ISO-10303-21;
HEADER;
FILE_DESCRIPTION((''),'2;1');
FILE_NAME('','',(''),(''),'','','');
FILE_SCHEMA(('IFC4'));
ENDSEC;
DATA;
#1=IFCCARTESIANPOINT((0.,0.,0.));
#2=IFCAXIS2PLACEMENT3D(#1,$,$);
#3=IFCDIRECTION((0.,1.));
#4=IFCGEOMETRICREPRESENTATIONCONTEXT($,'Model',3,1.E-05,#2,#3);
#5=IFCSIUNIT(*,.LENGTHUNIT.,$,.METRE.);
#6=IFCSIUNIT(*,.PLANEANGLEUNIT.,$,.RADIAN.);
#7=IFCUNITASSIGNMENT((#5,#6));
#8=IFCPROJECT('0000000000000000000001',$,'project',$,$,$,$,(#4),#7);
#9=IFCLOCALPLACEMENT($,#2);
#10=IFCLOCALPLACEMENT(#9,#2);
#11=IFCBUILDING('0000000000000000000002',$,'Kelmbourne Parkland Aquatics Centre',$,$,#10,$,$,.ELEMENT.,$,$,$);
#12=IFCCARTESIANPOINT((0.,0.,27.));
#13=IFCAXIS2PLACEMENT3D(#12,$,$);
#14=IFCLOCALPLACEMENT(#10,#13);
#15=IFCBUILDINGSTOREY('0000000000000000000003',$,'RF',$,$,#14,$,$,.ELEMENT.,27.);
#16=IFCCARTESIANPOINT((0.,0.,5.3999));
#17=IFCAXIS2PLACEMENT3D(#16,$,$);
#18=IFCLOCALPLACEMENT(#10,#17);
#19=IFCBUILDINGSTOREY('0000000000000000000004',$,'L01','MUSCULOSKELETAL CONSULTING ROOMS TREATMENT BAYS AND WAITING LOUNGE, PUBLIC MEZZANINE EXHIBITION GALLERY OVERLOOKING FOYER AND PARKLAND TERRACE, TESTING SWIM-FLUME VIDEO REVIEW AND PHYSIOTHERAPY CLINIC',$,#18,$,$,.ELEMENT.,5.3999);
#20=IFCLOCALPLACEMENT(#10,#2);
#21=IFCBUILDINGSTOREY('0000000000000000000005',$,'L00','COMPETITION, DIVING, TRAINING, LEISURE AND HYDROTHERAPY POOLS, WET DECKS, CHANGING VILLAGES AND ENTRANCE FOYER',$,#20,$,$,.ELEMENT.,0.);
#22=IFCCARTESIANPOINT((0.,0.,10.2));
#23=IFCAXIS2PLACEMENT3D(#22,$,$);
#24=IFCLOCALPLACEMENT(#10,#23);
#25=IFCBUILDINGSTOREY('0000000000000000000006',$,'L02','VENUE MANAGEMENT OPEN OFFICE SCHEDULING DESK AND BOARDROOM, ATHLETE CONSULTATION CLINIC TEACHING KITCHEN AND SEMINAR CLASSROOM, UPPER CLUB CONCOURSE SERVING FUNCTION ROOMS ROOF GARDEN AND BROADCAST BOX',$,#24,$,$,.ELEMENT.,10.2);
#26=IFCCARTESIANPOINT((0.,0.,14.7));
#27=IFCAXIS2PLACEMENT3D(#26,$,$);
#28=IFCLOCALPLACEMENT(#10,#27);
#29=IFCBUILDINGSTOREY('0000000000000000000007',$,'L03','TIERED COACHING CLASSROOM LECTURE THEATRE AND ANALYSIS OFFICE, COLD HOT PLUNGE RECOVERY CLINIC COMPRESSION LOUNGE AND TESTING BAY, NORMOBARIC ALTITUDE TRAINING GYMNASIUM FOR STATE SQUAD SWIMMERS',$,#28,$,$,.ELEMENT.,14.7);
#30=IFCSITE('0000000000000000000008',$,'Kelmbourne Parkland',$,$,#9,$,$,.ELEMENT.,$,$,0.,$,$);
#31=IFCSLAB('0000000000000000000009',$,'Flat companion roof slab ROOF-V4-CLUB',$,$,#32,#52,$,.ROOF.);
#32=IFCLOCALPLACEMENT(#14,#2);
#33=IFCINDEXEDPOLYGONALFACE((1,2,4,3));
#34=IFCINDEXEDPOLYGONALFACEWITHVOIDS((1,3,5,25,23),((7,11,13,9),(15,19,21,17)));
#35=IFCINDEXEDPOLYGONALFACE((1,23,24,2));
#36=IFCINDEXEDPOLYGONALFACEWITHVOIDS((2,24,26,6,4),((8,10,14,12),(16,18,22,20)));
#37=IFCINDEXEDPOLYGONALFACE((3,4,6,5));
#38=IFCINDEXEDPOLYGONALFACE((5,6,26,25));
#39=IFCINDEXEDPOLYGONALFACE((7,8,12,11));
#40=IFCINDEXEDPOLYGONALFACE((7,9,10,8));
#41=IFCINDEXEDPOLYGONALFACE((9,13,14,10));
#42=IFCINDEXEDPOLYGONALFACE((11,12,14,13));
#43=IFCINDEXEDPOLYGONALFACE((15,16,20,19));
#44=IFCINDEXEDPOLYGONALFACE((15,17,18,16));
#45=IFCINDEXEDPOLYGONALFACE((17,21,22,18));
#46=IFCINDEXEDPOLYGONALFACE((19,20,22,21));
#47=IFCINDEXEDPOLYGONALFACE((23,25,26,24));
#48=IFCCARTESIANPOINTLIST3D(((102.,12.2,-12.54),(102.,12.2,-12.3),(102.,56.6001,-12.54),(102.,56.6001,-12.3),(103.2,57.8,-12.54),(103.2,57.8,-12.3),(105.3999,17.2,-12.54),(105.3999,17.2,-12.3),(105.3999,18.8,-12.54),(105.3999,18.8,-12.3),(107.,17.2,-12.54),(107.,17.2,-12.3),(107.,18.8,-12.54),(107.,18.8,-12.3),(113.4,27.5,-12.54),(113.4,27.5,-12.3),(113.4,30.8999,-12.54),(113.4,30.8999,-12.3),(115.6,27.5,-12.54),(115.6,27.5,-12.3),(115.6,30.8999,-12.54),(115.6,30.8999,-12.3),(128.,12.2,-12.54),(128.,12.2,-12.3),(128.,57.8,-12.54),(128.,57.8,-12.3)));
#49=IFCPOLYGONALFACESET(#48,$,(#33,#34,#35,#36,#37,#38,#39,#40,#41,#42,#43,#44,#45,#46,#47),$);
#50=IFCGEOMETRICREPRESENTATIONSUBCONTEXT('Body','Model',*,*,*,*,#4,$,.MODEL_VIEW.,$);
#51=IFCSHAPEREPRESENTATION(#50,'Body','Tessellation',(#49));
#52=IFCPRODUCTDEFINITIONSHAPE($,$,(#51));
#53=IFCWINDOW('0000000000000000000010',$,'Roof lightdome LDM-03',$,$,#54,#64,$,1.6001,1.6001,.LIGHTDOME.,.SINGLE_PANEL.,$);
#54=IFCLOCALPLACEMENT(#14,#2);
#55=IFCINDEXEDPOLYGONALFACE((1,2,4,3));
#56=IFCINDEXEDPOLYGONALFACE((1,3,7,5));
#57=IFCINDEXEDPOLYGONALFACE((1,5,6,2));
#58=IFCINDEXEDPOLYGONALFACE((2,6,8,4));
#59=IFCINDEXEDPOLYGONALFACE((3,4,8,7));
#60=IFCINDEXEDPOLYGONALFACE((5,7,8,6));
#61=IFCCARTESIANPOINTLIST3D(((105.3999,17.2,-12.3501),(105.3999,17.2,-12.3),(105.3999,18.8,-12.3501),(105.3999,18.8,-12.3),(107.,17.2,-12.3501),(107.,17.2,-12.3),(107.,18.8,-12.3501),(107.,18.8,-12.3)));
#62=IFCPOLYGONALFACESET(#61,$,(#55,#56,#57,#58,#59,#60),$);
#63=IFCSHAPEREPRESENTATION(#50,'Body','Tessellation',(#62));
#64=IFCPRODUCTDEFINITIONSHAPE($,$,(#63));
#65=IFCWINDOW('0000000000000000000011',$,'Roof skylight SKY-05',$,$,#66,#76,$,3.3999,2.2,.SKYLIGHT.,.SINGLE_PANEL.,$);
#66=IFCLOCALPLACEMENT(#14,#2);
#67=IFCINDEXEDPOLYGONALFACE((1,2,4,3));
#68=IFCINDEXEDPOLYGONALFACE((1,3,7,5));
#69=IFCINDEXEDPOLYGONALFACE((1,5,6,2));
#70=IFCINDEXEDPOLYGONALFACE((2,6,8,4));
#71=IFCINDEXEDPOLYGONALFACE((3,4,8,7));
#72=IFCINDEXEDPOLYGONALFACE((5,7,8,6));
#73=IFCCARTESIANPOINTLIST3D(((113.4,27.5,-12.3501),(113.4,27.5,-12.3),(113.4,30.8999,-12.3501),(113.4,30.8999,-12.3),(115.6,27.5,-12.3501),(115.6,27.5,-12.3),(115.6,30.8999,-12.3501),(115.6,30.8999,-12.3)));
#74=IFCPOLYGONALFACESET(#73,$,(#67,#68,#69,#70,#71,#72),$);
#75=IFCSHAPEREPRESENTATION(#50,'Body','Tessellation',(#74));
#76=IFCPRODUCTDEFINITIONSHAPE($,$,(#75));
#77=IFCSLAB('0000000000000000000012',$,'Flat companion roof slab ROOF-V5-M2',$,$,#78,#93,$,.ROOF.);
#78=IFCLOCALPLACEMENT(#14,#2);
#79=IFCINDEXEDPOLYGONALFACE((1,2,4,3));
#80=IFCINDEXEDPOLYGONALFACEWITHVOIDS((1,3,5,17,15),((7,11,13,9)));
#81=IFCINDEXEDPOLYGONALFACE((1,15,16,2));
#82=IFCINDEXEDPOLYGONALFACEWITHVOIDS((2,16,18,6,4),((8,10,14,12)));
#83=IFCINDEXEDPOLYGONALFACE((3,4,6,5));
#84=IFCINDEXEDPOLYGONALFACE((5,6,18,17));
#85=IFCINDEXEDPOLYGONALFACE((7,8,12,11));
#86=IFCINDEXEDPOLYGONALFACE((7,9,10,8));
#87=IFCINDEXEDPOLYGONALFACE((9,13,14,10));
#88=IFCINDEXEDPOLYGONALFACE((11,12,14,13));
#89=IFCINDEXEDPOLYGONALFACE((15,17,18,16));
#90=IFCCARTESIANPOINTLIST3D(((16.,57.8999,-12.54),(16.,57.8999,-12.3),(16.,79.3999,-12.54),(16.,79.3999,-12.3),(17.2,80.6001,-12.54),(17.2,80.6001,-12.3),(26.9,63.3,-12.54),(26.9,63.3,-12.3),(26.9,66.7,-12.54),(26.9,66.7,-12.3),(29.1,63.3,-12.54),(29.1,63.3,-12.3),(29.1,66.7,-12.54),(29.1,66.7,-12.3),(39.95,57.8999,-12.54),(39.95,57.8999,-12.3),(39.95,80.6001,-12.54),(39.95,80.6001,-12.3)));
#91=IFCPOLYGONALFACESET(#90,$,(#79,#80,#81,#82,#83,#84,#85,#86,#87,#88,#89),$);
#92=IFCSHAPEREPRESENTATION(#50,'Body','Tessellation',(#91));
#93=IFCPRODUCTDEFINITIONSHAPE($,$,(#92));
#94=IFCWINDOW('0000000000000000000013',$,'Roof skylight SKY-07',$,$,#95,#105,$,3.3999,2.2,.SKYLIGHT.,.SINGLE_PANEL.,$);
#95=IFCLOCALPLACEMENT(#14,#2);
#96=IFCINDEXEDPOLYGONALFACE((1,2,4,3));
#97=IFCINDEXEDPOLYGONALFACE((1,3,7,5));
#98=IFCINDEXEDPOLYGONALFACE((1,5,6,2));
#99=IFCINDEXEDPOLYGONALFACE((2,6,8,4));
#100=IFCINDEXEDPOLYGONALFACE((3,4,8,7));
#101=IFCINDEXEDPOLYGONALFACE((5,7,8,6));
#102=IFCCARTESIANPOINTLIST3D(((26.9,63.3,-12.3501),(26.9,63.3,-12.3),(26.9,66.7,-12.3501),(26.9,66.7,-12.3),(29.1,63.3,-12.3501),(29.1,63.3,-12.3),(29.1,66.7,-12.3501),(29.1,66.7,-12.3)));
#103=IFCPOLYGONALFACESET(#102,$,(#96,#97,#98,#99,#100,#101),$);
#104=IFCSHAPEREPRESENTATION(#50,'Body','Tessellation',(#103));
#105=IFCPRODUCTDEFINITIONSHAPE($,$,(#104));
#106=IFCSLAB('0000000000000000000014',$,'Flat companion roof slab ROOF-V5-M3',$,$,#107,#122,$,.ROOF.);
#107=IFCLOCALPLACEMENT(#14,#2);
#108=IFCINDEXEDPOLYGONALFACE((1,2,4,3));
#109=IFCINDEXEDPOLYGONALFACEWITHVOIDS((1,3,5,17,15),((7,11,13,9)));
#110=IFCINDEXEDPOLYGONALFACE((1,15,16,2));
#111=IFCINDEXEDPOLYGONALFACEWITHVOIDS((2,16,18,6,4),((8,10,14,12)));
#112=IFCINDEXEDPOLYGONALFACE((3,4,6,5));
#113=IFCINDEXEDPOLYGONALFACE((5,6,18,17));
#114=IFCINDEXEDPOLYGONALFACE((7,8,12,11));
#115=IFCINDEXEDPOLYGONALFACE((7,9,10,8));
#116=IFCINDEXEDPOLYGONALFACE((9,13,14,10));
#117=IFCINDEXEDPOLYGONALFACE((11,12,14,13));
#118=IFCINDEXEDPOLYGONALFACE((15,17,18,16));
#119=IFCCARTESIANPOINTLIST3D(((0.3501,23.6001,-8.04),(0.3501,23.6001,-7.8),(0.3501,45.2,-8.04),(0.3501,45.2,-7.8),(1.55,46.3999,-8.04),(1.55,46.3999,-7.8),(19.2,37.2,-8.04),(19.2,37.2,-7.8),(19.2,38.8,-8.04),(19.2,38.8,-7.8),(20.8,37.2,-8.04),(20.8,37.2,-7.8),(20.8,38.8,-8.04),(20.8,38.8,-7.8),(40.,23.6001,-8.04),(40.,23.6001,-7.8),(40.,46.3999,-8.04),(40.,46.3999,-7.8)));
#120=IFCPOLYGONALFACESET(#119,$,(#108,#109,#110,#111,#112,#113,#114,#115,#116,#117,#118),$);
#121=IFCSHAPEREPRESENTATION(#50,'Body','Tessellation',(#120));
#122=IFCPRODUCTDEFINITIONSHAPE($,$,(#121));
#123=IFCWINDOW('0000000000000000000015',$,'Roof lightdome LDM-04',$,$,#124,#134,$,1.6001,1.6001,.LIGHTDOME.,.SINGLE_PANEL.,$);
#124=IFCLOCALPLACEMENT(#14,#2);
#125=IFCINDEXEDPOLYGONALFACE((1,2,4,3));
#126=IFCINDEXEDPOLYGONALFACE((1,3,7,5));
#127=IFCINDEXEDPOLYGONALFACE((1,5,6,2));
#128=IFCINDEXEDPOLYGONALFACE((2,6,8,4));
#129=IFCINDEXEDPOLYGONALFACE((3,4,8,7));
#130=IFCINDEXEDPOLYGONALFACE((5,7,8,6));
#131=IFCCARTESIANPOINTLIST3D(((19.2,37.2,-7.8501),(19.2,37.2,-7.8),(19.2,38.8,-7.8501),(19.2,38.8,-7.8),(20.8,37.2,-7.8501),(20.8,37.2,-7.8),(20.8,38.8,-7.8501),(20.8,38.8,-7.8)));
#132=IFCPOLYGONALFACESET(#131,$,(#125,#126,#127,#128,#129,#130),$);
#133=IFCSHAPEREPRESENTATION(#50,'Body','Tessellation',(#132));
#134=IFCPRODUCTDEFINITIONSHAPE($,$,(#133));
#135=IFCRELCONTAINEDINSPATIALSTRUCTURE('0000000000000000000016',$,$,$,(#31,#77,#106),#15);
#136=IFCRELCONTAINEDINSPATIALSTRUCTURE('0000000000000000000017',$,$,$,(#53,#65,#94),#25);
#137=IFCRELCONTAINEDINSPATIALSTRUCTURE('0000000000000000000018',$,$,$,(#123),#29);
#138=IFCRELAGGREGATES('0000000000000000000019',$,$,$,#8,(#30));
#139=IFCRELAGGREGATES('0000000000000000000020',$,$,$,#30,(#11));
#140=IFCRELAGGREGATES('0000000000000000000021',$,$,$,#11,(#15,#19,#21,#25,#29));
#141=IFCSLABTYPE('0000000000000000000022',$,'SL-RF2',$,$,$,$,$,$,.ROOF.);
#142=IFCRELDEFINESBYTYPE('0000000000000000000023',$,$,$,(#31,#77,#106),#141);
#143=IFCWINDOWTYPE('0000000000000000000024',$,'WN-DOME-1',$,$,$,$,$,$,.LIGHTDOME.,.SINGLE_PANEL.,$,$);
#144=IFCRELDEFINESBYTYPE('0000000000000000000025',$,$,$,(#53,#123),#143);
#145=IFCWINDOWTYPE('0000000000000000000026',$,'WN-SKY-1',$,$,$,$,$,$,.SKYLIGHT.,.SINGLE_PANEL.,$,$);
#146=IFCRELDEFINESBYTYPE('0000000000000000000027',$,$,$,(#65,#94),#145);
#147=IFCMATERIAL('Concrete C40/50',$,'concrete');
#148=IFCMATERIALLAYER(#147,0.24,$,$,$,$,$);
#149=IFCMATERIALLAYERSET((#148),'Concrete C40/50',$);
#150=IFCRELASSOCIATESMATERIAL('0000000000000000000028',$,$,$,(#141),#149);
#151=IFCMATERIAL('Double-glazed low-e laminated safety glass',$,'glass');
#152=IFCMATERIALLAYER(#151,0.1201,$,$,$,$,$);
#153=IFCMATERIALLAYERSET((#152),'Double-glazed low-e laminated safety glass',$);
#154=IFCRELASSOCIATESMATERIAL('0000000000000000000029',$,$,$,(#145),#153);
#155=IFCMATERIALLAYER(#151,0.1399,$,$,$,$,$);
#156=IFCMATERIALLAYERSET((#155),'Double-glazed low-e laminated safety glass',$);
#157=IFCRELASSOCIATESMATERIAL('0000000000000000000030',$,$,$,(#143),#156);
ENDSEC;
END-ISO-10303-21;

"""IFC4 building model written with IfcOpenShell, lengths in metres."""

from ifc_helpers import new_model, si_unit, direction, frame, origin, origin_2d, place, context, subcontext, project, spatial, polyline, rectangle, outline, extrude, material, layer, layer_set, type_object, element, fill, save


model = new_model("IFC4")

# Units and contexts
model_context = context("Model", 3, precision=1e-05, world=origin(), true_north=direction((0.0, 1.0)))
body_context = subcontext(model_context, "Body", "Model", "MODEL_VIEW")
ifc_project = project(units=[si_unit("LENGTHUNIT", "METRE"), si_unit("PLANEANGLEUNIT", "RADIAN")], contexts=[model_context])

# Site, building, storey
site_placement = place(None, origin())
site = spatial("IfcSite", under=ifc_project, at=site_placement, Name="Kelmbourne Parkland", CompositionType="ELEMENT", RefElevation=0.0)
building_placement = place(site_placement, origin())
building = spatial("IfcBuilding", under=site, at=building_placement, Name="Kelmbourne Parkland Aquatics Centre", CompositionType="ELEMENT")
storey_1_placement = place(building_placement, frame((0.0, 0.0, 27.0)))
storey_1 = spatial("IfcBuildingStorey", under=building, at=storey_1_placement, Name="RF", CompositionType="ELEMENT", Elevation=27.0)

# Shared definitions
ifc_material_1 = material(Name="Concrete C40/50", Category="concrete")
ifc_layer_1 = layer(ifc_material_1, 0.24)
ifc_layer_set_1 = layer_set([ifc_layer_1], Name="Concrete C40/50")
slab_type_1 = type_object("IfcSlabType", Name="SL-RF2", PredefinedType="ROOF", material=ifc_layer_set_1)

# Shared definitions
storey_2_placement = place(building_placement, frame((0.0, 0.0, 5.3999)))
storey_2 = spatial("IfcBuildingStorey", under=building, at=storey_2_placement, Name="L01", Description="MUSCULOSKELETAL CONSULTING ROOMS TREATMENT BAYS AND WAITING LOUNGE, PUBLIC MEZZANINE EXHIBITION GALLERY OVERLOOKING FOYER AND PARKLAND TERRACE, TESTING SWIM-FLUME VIDEO REVIEW AND PHYSIOTHERAPY CLINIC", CompositionType="ELEMENT", Elevation=5.3999)

# Shared definitions
ifc_material_2 = material(Name="Double-glazed low-e laminated safety glass", Category="glass")
ifc_layer_2 = layer(ifc_material_2, 0.1201)
ifc_layer_set_2 = layer_set([ifc_layer_2], Name="Double-glazed low-e laminated safety glass")
window_type_1 = type_object("IfcWindowType", Name="WN-SKY-1", PartitioningType="SINGLE_PANEL", PredefinedType="SKYLIGHT", material=ifc_layer_set_2)

# Shared definitions
ifc_layer_3 = layer(ifc_material_2, 0.1399)
ifc_layer_set_3 = layer_set([ifc_layer_3], Name="Double-glazed low-e laminated safety glass")
window_type_2 = type_object("IfcWindowType", Name="WN-DOME-1", PartitioningType="SINGLE_PANEL", PredefinedType="LIGHTDOME", material=ifc_layer_set_3)

# Shared definitions
storey_3_placement = place(building_placement, origin())
storey_3 = spatial("IfcBuildingStorey", under=building, at=storey_3_placement, Name="L00", Description="COMPETITION, DIVING, TRAINING, LEISURE AND HYDROTHERAPY POOLS, WET DECKS, CHANGING VILLAGES AND ENTRANCE FOYER", CompositionType="ELEMENT", Elevation=0.0)

# Slab, openings
slab_1_placement = place(storey_1_placement, frame((0.0, 0.0, -12.54)))
slab_1 = element("IfcSlab", 1, at=slab_1_placement, inside=storey_1, type_object=slab_type_1, Name="Flat companion roof slab ROOF-V4-CLUB", PredefinedType="ROOF", context=body_context, shape_type="SweptSolid", body=[
    extrude(outline(polyline([(102.0, 12.2), (128.0, 12.2), (128.0, 57.8), (103.2, 57.8), (102.0, 56.6001), (102.0, 12.2)])), origin(), (0.0, 0.0, 1.0), 0.24),
])
opening_1_placement = place(slab_1_placement, frame((114.5, 29.2, 0.0)))
opening_1 = element("IfcOpeningElement", 2, at=opening_1_placement, cuts=slab_1, PredefinedType="OPENING", context=body_context, shape_type="SweptSolid", body=[
    extrude(rectangle(XDim=2.2, YDim=3.3999, at=origin_2d()), frame((0.0, 0.0, -0.012)), (0.0, 0.0, 1.0), 0.2639),
])
opening_2_placement = place(slab_1_placement, frame((106.2, 18.0, 0.0)))
opening_2 = element("IfcOpeningElement", 3, at=opening_2_placement, cuts=slab_1, PredefinedType="OPENING", context=body_context, shape_type="SweptSolid", body=[
    extrude(rectangle(XDim=1.6001, YDim=1.6001, at=origin_2d()), frame((0.0, 0.0, -0.012)), (0.0, 0.0, 1.0), 0.2639),
])

# Shared definitions
storey_4_placement = place(building_placement, frame((0.0, 0.0, 10.2)))
storey_4 = spatial("IfcBuildingStorey", under=building, at=storey_4_placement, Name="L02", Description="VENUE MANAGEMENT OPEN OFFICE SCHEDULING DESK AND BOARDROOM, ATHLETE CONSULTATION CLINIC TEACHING KITCHEN AND SEMINAR CLASSROOM, UPPER CLUB CONCOURSE SERVING FUNCTION ROOMS ROOF GARDEN AND BROADCAST BOX", CompositionType="ELEMENT", Elevation=10.2)

# Windows
window_1_placement = place(opening_2_placement, frame((0.0, 0.0, 0.1899)))
window_1 = element("IfcWindow", 4, at=window_1_placement, inside=storey_4, type_object=window_type_2, Name="Roof lightdome LDM-03", OverallHeight=1.6001, OverallWidth=1.6001, PartitioningType="SINGLE_PANEL", PredefinedType="LIGHTDOME", context=body_context, shape_type="SweptSolid", body=[
    extrude(rectangle(XDim=1.6001, YDim=1.6001, at=origin_2d()), origin(), (0.0, 0.0, 1.0), 0.05),
])
fill(opening_2, window_1)
window_2_placement = place(opening_1_placement, frame((0.0, 0.0, 0.1899)))
window_2 = element("IfcWindow", 5, at=window_2_placement, inside=storey_4, type_object=window_type_1, Name="Roof skylight SKY-05", OverallHeight=3.3999, OverallWidth=2.2, PartitioningType="SINGLE_PANEL", PredefinedType="SKYLIGHT", context=body_context, shape_type="SweptSolid", body=[
    extrude(rectangle(XDim=2.2, YDim=3.3999, at=origin_2d()), origin(), (0.0, 0.0, 1.0), 0.05),
])
fill(opening_1, window_2)

# Slab, opening, window
slab_2_placement = place(storey_1_placement, frame((0.0, 0.0, -12.54)))
slab_2 = element("IfcSlab", 6, at=slab_2_placement, inside=storey_1, type_object=slab_type_1, Name="Flat companion roof slab ROOF-V5-M2", PredefinedType="ROOF", context=body_context, shape_type="SweptSolid", body=[
    extrude(outline(polyline([(16.0, 57.8999), (39.95, 57.8999), (39.95, 80.6001), (17.2, 80.6001), (16.0, 79.3999), (16.0, 57.8999)])), origin(), (0.0, 0.0, 1.0), 0.24),
])
opening_3_placement = place(slab_2_placement, frame((28.0, 65.0, 0.0)))
opening_3 = element("IfcOpeningElement", 7, at=opening_3_placement, cuts=slab_2, PredefinedType="OPENING", context=body_context, shape_type="SweptSolid", body=[
    extrude(rectangle(XDim=2.2, YDim=3.3999, at=origin_2d()), frame((0.0, 0.0, -0.012)), (0.0, 0.0, 1.0), 0.2639),
])
window_3_placement = place(opening_3_placement, frame((0.0, 0.0, 0.1899)))
window_3 = element("IfcWindow", 8, at=window_3_placement, inside=storey_4, type_object=window_type_1, Name="Roof skylight SKY-07", OverallHeight=3.3999, OverallWidth=2.2, PartitioningType="SINGLE_PANEL", PredefinedType="SKYLIGHT", context=body_context, shape_type="SweptSolid", body=[
    extrude(rectangle(XDim=2.2, YDim=3.3999, at=origin_2d()), origin(), (0.0, 0.0, 1.0), 0.05),
])
fill(opening_3, window_3)

# Slab, opening
slab_3_placement = place(storey_1_placement, frame((0.0, 0.0, -8.04)))
slab_3 = element("IfcSlab", 9, at=slab_3_placement, inside=storey_1, type_object=slab_type_1, Name="Flat companion roof slab ROOF-V5-M3", PredefinedType="ROOF", context=body_context, shape_type="SweptSolid", body=[
    extrude(outline(polyline([(0.3501, 23.6001), (40.0, 23.6001), (40.0, 46.3999), (1.55, 46.3999), (0.3501, 45.2), (0.3501, 23.6001)])), origin(), (0.0, 0.0, 1.0), 0.24),
])
opening_4_placement = place(slab_3_placement, frame((20.0, 38.0, 0.0)))
opening_4 = element("IfcOpeningElement", 10, at=opening_4_placement, cuts=slab_3, PredefinedType="OPENING", context=body_context, shape_type="SweptSolid", body=[
    extrude(rectangle(XDim=1.6001, YDim=1.6001, at=origin_2d()), frame((0.0, 0.0, -0.012)), (0.0, 0.0, 1.0), 0.2639),
])

# Shared definitions
storey_5_placement = place(building_placement, frame((0.0, 0.0, 14.7)))
storey_5 = spatial("IfcBuildingStorey", under=building, at=storey_5_placement, Name="L03", Description="TIERED COACHING CLASSROOM LECTURE THEATRE AND ANALYSIS OFFICE, COLD HOT PLUNGE RECOVERY CLINIC COMPRESSION LOUNGE AND TESTING BAY, NORMOBARIC ALTITUDE TRAINING GYMNASIUM FOR STATE SQUAD SWIMMERS", CompositionType="ELEMENT", Elevation=14.7)

# Window
window_4_placement = place(opening_4_placement, frame((0.0, 0.0, 0.1899)))
window_4 = element("IfcWindow", 11, at=window_4_placement, inside=storey_5, type_object=window_type_2, Name="Roof lightdome LDM-04", OverallHeight=1.6001, OverallWidth=1.6001, PartitioningType="SINGLE_PANEL", PredefinedType="LIGHTDOME", context=body_context, shape_type="SweptSolid", body=[
    extrude(rectangle(XDim=1.6001, YDim=1.6001, at=origin_2d()), origin(), (0.0, 0.0, 1.0), 0.05),
])
fill(opening_4, window_4)

save(model, "model.ifc")
